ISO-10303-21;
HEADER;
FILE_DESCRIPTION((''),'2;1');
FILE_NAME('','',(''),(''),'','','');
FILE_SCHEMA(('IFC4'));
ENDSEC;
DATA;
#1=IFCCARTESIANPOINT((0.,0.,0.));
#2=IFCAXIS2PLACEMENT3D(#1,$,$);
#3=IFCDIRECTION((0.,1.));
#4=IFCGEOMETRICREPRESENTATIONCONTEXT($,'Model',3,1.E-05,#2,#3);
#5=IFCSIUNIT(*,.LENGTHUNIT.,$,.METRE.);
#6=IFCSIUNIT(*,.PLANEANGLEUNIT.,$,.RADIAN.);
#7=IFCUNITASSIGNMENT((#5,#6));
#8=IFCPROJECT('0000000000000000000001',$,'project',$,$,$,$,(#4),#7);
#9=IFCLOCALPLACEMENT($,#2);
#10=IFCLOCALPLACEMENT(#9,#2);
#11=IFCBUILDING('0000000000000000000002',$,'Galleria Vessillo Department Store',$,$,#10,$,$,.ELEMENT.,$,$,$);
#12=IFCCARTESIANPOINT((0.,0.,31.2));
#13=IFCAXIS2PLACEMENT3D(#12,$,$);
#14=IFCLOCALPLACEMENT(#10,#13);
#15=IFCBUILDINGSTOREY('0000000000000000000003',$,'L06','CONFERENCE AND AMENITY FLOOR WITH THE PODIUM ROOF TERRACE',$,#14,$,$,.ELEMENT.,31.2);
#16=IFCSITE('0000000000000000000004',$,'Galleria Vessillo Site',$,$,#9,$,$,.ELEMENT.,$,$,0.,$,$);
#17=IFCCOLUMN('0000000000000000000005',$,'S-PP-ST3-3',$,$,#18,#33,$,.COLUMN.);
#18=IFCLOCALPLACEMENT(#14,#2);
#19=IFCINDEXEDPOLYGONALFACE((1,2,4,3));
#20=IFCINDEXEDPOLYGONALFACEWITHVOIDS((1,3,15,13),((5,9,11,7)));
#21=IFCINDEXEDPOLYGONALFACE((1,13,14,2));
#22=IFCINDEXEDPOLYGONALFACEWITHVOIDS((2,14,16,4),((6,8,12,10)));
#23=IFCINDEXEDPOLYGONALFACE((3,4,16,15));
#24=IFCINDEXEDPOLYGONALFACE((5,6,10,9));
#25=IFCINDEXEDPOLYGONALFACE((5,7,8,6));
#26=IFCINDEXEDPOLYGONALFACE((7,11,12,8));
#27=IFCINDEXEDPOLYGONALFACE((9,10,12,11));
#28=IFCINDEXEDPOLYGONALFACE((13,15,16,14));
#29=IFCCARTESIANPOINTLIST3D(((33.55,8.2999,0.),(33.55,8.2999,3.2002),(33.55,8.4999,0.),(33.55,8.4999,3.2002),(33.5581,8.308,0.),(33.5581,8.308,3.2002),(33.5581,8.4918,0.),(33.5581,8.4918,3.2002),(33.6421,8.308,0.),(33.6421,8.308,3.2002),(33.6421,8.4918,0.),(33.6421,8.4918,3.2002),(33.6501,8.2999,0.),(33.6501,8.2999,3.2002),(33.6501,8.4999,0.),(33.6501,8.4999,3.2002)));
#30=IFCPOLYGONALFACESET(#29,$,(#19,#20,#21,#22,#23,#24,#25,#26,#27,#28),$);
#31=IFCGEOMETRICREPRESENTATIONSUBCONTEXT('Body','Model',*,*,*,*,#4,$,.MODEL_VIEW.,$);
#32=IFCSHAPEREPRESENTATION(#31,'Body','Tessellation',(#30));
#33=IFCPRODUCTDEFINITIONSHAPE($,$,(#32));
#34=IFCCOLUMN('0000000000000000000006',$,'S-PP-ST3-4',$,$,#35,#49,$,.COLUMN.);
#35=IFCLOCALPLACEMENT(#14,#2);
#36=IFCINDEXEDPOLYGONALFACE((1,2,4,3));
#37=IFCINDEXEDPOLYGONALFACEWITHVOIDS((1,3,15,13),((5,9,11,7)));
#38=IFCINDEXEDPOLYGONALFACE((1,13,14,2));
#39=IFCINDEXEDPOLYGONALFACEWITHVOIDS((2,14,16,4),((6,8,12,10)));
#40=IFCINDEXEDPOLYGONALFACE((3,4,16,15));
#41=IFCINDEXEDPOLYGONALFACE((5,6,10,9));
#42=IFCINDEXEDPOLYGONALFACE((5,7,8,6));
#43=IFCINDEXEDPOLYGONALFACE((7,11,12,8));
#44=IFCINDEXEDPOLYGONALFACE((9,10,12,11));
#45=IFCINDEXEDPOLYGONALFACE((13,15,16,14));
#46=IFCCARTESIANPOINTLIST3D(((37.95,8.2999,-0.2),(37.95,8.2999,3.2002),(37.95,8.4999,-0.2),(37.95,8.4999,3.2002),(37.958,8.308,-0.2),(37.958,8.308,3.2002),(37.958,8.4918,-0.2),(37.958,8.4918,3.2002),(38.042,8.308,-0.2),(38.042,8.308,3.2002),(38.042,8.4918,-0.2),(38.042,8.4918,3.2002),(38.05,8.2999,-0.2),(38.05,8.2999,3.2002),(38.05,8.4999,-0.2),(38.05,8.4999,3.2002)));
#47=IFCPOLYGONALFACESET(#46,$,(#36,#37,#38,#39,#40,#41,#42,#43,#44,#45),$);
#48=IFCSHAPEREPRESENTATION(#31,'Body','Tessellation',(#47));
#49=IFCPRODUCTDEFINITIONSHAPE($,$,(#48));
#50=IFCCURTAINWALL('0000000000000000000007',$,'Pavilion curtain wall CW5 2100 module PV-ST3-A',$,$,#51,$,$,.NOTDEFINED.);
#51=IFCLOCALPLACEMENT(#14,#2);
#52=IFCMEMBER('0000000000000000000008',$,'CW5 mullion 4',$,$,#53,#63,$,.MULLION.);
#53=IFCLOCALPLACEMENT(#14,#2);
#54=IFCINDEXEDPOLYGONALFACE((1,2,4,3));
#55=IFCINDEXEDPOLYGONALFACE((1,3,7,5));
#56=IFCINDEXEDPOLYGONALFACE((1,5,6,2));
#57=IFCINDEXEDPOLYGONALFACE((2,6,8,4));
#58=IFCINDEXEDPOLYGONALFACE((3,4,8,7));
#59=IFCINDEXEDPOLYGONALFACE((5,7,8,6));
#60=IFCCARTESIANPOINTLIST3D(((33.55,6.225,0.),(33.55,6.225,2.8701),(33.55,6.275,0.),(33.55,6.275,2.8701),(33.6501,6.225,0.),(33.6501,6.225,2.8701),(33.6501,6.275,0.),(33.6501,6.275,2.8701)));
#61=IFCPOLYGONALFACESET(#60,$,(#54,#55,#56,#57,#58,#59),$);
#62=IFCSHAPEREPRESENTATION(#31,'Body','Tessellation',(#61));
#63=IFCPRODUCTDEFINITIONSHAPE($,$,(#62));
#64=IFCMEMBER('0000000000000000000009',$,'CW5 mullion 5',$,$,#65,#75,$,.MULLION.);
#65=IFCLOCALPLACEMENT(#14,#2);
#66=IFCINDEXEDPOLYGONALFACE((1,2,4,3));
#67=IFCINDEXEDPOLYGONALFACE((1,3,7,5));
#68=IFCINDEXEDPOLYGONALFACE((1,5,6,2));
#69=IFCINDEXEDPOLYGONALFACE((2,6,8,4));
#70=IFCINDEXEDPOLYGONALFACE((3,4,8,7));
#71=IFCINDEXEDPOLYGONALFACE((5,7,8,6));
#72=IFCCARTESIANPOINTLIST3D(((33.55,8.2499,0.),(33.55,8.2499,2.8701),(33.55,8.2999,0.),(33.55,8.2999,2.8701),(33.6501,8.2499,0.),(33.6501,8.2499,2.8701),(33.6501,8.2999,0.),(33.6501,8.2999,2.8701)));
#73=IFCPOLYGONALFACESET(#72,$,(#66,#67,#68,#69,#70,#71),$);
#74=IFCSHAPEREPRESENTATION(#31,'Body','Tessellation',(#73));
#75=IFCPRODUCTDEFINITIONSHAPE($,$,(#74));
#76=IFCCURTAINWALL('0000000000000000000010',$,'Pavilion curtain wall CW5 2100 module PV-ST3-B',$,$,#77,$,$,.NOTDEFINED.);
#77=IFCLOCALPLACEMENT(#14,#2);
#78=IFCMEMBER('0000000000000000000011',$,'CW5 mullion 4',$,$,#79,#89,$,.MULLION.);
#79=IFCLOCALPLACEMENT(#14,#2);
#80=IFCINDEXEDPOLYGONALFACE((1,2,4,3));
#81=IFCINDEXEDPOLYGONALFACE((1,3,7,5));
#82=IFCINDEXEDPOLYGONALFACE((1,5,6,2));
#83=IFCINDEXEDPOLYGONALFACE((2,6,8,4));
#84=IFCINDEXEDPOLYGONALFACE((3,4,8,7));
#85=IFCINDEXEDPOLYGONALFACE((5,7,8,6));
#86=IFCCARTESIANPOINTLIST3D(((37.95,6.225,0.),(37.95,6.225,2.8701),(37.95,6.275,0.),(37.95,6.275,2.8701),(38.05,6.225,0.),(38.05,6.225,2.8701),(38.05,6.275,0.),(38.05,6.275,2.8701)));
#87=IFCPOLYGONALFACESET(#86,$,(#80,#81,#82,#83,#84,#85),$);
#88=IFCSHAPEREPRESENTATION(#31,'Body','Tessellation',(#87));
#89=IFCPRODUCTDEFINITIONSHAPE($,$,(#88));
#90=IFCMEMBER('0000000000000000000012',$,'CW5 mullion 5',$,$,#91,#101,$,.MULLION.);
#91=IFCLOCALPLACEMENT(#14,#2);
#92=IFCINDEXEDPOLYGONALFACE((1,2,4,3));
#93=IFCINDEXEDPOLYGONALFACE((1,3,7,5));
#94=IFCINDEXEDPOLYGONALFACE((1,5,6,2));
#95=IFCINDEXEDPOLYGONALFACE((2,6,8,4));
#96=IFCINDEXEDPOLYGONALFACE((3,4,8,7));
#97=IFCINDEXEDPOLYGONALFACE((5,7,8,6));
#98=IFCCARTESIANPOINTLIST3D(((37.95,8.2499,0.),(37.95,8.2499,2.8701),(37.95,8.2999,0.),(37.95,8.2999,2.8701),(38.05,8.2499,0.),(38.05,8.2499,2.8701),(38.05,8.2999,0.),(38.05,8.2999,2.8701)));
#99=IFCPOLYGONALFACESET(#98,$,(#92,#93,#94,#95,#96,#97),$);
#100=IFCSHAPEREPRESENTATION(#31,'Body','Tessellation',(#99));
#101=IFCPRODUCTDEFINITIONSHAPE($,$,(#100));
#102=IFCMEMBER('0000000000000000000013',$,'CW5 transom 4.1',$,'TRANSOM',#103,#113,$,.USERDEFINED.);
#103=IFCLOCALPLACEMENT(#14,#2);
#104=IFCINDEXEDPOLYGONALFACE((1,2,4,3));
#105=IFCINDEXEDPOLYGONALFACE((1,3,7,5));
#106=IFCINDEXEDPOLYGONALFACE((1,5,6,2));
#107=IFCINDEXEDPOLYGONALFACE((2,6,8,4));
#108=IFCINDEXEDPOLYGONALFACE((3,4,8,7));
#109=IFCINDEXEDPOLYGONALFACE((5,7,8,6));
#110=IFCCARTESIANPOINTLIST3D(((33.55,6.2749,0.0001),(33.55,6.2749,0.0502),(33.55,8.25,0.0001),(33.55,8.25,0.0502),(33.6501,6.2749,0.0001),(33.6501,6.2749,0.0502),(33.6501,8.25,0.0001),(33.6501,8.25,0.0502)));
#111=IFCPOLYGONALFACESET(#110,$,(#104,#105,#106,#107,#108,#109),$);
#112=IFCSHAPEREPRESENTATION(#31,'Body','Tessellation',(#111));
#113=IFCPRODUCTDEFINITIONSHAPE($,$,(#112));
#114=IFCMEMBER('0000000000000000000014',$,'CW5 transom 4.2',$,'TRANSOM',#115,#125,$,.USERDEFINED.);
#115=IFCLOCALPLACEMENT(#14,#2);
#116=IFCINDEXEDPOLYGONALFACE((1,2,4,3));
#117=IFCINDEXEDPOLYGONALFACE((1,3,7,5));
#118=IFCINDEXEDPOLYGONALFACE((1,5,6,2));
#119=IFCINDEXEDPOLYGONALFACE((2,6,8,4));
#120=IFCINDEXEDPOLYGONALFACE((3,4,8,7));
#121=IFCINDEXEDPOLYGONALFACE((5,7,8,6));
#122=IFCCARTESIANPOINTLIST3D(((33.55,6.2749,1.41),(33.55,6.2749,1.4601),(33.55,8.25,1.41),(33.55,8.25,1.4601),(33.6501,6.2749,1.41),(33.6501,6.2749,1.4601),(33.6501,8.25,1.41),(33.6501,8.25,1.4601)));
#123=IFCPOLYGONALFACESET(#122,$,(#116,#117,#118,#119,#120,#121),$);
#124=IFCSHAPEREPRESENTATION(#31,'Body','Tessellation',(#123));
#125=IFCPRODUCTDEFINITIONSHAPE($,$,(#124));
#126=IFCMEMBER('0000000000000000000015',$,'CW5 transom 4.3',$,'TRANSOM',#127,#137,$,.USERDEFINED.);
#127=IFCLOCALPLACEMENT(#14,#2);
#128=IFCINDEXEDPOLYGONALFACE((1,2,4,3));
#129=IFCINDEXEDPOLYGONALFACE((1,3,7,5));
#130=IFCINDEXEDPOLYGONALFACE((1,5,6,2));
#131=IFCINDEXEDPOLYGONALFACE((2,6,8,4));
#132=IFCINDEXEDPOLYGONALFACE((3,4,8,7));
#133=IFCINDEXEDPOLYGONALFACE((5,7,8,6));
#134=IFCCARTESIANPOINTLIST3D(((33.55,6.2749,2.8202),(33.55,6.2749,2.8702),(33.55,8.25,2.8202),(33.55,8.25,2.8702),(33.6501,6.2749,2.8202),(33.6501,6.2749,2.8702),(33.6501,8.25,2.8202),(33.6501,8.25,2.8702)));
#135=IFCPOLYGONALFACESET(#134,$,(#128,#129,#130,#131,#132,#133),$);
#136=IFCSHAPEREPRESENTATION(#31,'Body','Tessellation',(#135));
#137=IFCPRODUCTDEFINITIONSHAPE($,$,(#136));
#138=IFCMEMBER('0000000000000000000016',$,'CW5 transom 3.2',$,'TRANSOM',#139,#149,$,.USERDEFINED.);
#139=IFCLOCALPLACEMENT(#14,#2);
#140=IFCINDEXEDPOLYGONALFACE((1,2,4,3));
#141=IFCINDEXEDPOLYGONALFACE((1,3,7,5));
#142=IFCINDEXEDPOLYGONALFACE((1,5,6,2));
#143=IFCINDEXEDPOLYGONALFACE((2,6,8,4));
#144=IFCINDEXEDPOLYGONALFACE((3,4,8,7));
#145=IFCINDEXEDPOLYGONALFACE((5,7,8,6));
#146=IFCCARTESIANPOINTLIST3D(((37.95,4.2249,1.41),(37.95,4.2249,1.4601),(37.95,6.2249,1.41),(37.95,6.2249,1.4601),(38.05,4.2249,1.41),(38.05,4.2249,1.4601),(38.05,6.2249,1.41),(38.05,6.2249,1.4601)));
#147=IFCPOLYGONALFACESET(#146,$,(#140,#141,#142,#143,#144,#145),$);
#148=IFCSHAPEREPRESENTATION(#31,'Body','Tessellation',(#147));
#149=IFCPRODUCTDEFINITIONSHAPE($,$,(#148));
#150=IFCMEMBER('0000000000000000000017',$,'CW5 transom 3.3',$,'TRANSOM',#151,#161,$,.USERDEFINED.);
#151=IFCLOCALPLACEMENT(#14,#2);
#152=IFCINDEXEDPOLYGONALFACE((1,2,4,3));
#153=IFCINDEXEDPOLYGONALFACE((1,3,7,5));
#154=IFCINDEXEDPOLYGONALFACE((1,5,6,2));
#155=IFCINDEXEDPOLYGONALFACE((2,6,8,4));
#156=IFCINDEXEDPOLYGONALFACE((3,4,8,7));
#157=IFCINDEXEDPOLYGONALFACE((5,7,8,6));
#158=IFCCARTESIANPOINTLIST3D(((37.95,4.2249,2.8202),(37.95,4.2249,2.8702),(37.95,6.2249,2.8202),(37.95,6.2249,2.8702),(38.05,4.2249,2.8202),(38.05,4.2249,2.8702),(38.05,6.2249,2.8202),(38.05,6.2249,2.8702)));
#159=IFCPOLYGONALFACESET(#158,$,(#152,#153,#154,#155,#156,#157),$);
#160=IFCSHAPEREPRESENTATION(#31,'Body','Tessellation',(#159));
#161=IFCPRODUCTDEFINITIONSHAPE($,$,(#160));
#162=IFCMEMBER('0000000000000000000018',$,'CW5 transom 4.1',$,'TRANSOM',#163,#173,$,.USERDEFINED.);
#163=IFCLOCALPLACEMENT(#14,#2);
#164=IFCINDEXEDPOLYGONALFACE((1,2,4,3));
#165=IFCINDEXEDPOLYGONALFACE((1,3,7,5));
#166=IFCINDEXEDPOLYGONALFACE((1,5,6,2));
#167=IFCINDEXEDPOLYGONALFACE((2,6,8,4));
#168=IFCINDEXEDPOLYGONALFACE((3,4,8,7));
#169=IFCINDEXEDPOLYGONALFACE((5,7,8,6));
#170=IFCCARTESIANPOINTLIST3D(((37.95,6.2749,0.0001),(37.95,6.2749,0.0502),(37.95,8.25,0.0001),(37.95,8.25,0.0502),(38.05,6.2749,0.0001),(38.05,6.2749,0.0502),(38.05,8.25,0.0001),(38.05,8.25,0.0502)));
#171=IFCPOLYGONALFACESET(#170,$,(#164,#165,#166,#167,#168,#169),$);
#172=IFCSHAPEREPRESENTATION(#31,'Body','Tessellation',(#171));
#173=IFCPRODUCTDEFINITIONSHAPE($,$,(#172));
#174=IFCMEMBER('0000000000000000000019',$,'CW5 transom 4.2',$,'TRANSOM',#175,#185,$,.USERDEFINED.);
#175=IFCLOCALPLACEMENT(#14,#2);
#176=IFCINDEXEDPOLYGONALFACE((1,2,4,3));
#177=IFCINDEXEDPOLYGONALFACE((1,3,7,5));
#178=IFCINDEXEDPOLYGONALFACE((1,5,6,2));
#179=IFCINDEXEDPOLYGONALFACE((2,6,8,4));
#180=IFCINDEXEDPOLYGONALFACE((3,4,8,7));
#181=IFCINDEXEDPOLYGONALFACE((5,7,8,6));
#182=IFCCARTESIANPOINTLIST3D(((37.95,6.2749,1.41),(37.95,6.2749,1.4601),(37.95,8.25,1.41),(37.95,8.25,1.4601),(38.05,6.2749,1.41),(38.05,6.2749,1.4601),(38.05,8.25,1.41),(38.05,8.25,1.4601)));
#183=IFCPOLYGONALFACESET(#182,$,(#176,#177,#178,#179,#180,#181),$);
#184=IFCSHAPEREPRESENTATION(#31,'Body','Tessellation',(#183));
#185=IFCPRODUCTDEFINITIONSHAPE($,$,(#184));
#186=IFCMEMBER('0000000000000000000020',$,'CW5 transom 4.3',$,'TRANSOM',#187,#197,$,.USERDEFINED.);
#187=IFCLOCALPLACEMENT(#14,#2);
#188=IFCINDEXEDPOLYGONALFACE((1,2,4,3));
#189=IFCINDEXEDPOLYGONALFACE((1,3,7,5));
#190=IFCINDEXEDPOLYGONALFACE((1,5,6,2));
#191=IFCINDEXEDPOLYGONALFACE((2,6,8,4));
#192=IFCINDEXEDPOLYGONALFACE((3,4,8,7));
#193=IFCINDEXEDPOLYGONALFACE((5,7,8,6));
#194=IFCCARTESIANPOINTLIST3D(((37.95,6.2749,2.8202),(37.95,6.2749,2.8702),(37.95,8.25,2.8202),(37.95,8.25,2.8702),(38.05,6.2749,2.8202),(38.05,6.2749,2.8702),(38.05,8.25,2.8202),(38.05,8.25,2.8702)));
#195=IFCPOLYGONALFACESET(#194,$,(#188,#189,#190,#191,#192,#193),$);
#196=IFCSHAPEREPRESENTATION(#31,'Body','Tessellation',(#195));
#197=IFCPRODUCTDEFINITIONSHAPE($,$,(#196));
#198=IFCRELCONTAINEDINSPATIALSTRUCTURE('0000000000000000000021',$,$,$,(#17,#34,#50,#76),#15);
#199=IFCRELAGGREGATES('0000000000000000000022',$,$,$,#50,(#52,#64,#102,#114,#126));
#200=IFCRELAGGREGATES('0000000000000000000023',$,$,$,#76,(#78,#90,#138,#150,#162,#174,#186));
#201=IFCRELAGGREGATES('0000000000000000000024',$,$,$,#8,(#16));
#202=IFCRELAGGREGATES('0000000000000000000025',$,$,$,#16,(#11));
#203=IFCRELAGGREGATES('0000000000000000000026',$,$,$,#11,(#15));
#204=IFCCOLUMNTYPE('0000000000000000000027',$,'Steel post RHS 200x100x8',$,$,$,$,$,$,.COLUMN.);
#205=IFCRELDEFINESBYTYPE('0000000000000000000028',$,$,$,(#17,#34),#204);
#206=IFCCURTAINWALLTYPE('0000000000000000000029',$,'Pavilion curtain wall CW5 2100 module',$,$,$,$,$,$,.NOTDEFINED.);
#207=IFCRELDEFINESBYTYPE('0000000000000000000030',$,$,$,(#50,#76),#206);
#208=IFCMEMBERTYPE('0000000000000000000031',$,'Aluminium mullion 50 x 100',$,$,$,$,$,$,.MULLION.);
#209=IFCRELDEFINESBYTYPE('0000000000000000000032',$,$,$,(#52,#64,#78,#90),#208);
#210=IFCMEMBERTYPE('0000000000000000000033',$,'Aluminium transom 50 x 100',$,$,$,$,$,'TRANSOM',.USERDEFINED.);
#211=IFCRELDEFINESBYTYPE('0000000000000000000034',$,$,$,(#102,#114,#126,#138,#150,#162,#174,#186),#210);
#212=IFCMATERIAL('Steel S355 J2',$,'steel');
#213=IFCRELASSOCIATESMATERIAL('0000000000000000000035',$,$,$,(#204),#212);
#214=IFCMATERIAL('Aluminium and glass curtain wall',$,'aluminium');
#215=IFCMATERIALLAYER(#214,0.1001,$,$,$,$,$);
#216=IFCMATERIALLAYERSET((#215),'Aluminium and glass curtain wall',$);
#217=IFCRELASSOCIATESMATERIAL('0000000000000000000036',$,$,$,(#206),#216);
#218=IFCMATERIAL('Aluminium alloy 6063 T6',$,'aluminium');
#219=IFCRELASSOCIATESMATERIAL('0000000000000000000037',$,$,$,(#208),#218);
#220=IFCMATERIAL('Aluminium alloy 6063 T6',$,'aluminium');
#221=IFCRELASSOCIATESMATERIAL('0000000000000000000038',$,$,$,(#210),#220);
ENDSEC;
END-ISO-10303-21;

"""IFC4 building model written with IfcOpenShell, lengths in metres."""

from ifc_helpers import new_model, si_unit, direction, frame, origin, origin_2d, place, context, subcontext, project, spatial, rectangle, hollow_rectangle, extrude, material, layer, layer_set, material_profile, profile_set, type_object, element, aggregate, save


model = new_model("IFC4")

# Units and contexts
model_context = context("Model", 3, precision=1e-05, world=origin(), true_north=direction((0.0, 1.0)))
body_context = subcontext(model_context, "Body", "Model", "MODEL_VIEW")
ifc_project = project(units=[si_unit("LENGTHUNIT", "METRE"), si_unit("PLANEANGLEUNIT", "RADIAN")], contexts=[model_context])

# Site, building, storey
site_placement = place(None, origin())
site = spatial("IfcSite", under=ifc_project, at=site_placement, Name="Galleria Vessillo Site", CompositionType="ELEMENT", RefElevation=0.0)
building_placement = place(site_placement, origin())
building = spatial("IfcBuilding", under=site, at=building_placement, Name="Galleria Vessillo Department Store", CompositionType="ELEMENT")
storey_placement = place(building_placement, frame((0.0, 0.0, 31.2)))
storey = spatial("IfcBuildingStorey", under=building, at=storey_placement, Name="L06", Description="CONFERENCE AND AMENITY FLOOR WITH THE PODIUM ROOF TERRACE", CompositionType="ELEMENT", Elevation=31.2)

# Columns
ifc_material_1 = material(Name="Steel S355 J2", Category="steel")
ifc_material_profile_1 = material_profile(ifc_material_1, hollow_rectangle(XDim=0.1001, YDim=0.2, WallThickness=0.0081, at=origin_2d()), Name="RHS 200x100x8")
ifc_profile_set_1 = profile_set([ifc_material_profile_1], Name="Steel S355 J2")
column_type = type_object("IfcColumnType", Name="Steel post RHS 200x100x8", PredefinedType="COLUMN", material=ifc_profile_set_1)
column_1_placement = place(storey_placement, frame((33.6001, 8.3999, 0.0), z_axis=(0.0, 0.0, 1.0), x_axis=(1.0, 0.0, 0.0)))
element("IfcColumn", 1, at=column_1_placement, inside=storey, type_object=column_type, Name="S-PP-ST3-3", PredefinedType="COLUMN", context=body_context, shape_type="SweptSolid", body=[
    extrude(hollow_rectangle(XDim=0.1001, YDim=0.2, WallThickness=0.0081, at=origin_2d()), origin(), (0.0, 0.0, 1.0), 3.2002),
])
column_2_placement = place(storey_placement, frame((38.0, 8.3999, -0.2), z_axis=(0.0, 0.0, 1.0), x_axis=(1.0, 0.0, 0.0)))
element("IfcColumn", 2, at=column_2_placement, inside=storey, type_object=column_type, Name="S-PP-ST3-4", PredefinedType="COLUMN", context=body_context, shape_type="SweptSolid", body=[
    extrude(hollow_rectangle(XDim=0.1001, YDim=0.2, WallThickness=0.0081, at=origin_2d()), origin(), (0.0, 0.0, 1.0), 3.4001),
])

# Curtain walls, members
ifc_material_2 = material(Name="Aluminium and glass curtain wall", Category="aluminium")
ifc_layer_1 = layer(ifc_material_2, 0.1001)
ifc_layer_set_1 = layer_set([ifc_layer_1], Name="Aluminium and glass curtain wall")
curtain_wall_type = type_object("IfcCurtainWallType", Name="Pavilion curtain wall CW5 2100 module", PredefinedType="NOTDEFINED", material=ifc_layer_set_1)
curtain_wall_1_placement = place(storey_placement, origin())
curtain_wall_1 = element("IfcCurtainWall", 3, at=curtain_wall_1_placement, inside=storey, type_object=curtain_wall_type, Name="Pavilion curtain wall CW5 2100 module PV-ST3-A", PredefinedType="NOTDEFINED")
ifc_material_3 = material(Name="Aluminium alloy 6063 T6", Category="aluminium")
ifc_material_profile_2 = material_profile(ifc_material_3, rectangle(XDim=0.1001, YDim=0.05, at=origin_2d()), Name="AL 50x100")
ifc_profile_set_2 = profile_set([ifc_material_profile_2], Name="Aluminium alloy 6063 T6")
member_type_1 = type_object("IfcMemberType", Name="Aluminium mullion 50 x 100", PredefinedType="MULLION", material=ifc_profile_set_2)
member_1_placement = place(storey_placement, frame((33.6001, 6.25, 0.0), z_axis=(0.0, 0.0, 1.0), x_axis=(-1.0, 0.0, 0.0)))
member_1 = element("IfcMember", 4, at=member_1_placement, type_object=member_type_1, Name="CW5 mullion 4", PredefinedType="MULLION", context=body_context, shape_type="SweptSolid", body=[
    extrude(rectangle(XDim=0.1001, YDim=0.05, at=origin_2d()), origin(), (0.0, 0.0, 1.0), 2.8701),
])
member_2_placement = place(storey_placement, frame((33.6001, 8.2749, 0.0), z_axis=(0.0, 0.0, 1.0), x_axis=(-1.0, 0.0, 0.0)))
member_2 = element("IfcMember", 5, at=member_2_placement, type_object=member_type_1, Name="CW5 mullion 5", PredefinedType="MULLION", context=body_context, shape_type="SweptSolid", body=[
    extrude(rectangle(XDim=0.1001, YDim=0.05, at=origin_2d()), origin(), (0.0, 0.0, 1.0), 2.8701),
])
curtain_wall_2_placement = place(storey_placement, origin())
curtain_wall_2 = element("IfcCurtainWall", 6, at=curtain_wall_2_placement, inside=storey, type_object=curtain_wall_type, Name="Pavilion curtain wall CW5 2100 module PV-ST3-B", PredefinedType="NOTDEFINED")
member_3_placement = place(storey_placement, frame((38.0, 6.25, 0.0), z_axis=(0.0, 0.0, 1.0), x_axis=(-1.0, 0.0, 0.0)))
member_3 = element("IfcMember", 7, at=member_3_placement, type_object=member_type_1, Name="CW5 mullion 4", PredefinedType="MULLION", context=body_context, shape_type="SweptSolid", body=[
    extrude(rectangle(XDim=0.1001, YDim=0.05, at=origin_2d()), origin(), (0.0, 0.0, 1.0), 2.8701),
])
member_4_placement = place(storey_placement, frame((38.0, 8.2749, 0.0), z_axis=(0.0, 0.0, 1.0), x_axis=(-1.0, 0.0, 0.0)))
member_4 = element("IfcMember", 8, at=member_4_placement, type_object=member_type_1, Name="CW5 mullion 5", PredefinedType="MULLION", context=body_context, shape_type="SweptSolid", body=[
    extrude(rectangle(XDim=0.1001, YDim=0.05, at=origin_2d()), origin(), (0.0, 0.0, 1.0), 2.8701),
])

# Members
ifc_material_4 = material(Name="Aluminium alloy 6063 T6", Category="aluminium")
ifc_material_profile_3 = material_profile(ifc_material_4, rectangle(XDim=0.1001, YDim=0.05, at=origin_2d()), Name="AL 50x100")
ifc_profile_set_3 = profile_set([ifc_material_profile_3], Name="Aluminium alloy 6063 T6")
member_type_2 = type_object("IfcMemberType", Name="Aluminium transom 50 x 100", ElementType="TRANSOM", PredefinedType="USERDEFINED", material=ifc_profile_set_3)
member_5_placement = place(storey_placement, frame((33.6001, 6.2749, 0.0251), z_axis=(0.0, 1.0, 0.0), x_axis=(-1.0, 0.0, 0.0)))
member_5 = element("IfcMember", 9, at=member_5_placement, type_object=member_type_2, Name="CW5 transom 4.1", ObjectType="TRANSOM", PredefinedType="USERDEFINED", context=body_context, shape_type="SweptSolid", body=[
    extrude(rectangle(XDim=0.1001, YDim=0.05, at=origin_2d()), origin(), (0.0, 0.0, 1.0), 1.9751),
])
member_6_placement = place(storey_placement, frame((33.6001, 6.2749, 1.4351), z_axis=(0.0, 1.0, 0.0), x_axis=(-1.0, 0.0, 0.0)))
member_6 = element("IfcMember", 10, at=member_6_placement, type_object=member_type_2, Name="CW5 transom 4.2", ObjectType="TRANSOM", PredefinedType="USERDEFINED", context=body_context, shape_type="SweptSolid", body=[
    extrude(rectangle(XDim=0.1001, YDim=0.05, at=origin_2d()), origin(), (0.0, 0.0, 1.0), 1.9751),
])
member_7_placement = place(storey_placement, frame((33.6001, 6.2749, 2.8452), z_axis=(0.0, 1.0, 0.0), x_axis=(-1.0, 0.0, 0.0)))
member_7 = element("IfcMember", 11, at=member_7_placement, type_object=member_type_2, Name="CW5 transom 4.3", ObjectType="TRANSOM", PredefinedType="USERDEFINED", context=body_context, shape_type="SweptSolid", body=[
    extrude(rectangle(XDim=0.1001, YDim=0.05, at=origin_2d()), origin(), (0.0, 0.0, 1.0), 1.9751),
])
member_8_placement = place(storey_placement, frame((38.0, 4.2249, 1.4351), z_axis=(0.0, 1.0, 0.0), x_axis=(-1.0, 0.0, 0.0)))
member_8 = element("IfcMember", 12, at=member_8_placement, type_object=member_type_2, Name="CW5 transom 3.2", ObjectType="TRANSOM", PredefinedType="USERDEFINED", context=body_context, shape_type="SweptSolid", body=[
    extrude(rectangle(XDim=0.1001, YDim=0.05, at=origin_2d()), origin(), (0.0, 0.0, 1.0), 2.0),
])
member_9_placement = place(storey_placement, frame((38.0, 4.2249, 2.8452), z_axis=(0.0, 1.0, 0.0), x_axis=(-1.0, 0.0, 0.0)))
member_9 = element("IfcMember", 13, at=member_9_placement, type_object=member_type_2, Name="CW5 transom 3.3", ObjectType="TRANSOM", PredefinedType="USERDEFINED", context=body_context, shape_type="SweptSolid", body=[
    extrude(rectangle(XDim=0.1001, YDim=0.05, at=origin_2d()), origin(), (0.0, 0.0, 1.0), 2.0),
])
member_10_placement = place(storey_placement, frame((38.0, 6.2749, 0.0251), z_axis=(0.0, 1.0, 0.0), x_axis=(-1.0, 0.0, 0.0)))
member_10 = element("IfcMember", 14, at=member_10_placement, type_object=member_type_2, Name="CW5 transom 4.1", ObjectType="TRANSOM", PredefinedType="USERDEFINED", context=body_context, shape_type="SweptSolid", body=[
    extrude(rectangle(XDim=0.1001, YDim=0.05, at=origin_2d()), origin(), (0.0, 0.0, 1.0), 1.9751),
])
member_11_placement = place(storey_placement, frame((38.0, 6.2749, 1.4351), z_axis=(0.0, 1.0, 0.0), x_axis=(-1.0, 0.0, 0.0)))
member_11 = element("IfcMember", 15, at=member_11_placement, type_object=member_type_2, Name="CW5 transom 4.2", ObjectType="TRANSOM", PredefinedType="USERDEFINED", context=body_context, shape_type="SweptSolid", body=[
    extrude(rectangle(XDim=0.1001, YDim=0.05, at=origin_2d()), origin(), (0.0, 0.0, 1.0), 1.9751),
])
member_12_placement = place(storey_placement, frame((38.0, 6.2749, 2.8452), z_axis=(0.0, 1.0, 0.0), x_axis=(-1.0, 0.0, 0.0)))
member_12 = element("IfcMember", 16, at=member_12_placement, type_object=member_type_2, Name="CW5 transom 4.3", ObjectType="TRANSOM", PredefinedType="USERDEFINED", context=body_context, shape_type="SweptSolid", body=[
    extrude(rectangle(XDim=0.1001, YDim=0.05, at=origin_2d()), origin(), (0.0, 0.0, 1.0), 1.9751),
])

aggregate(curtain_wall_1, [member_1, member_2, member_5, member_6, member_7])
aggregate(curtain_wall_2, [member_3, member_4, member_8, member_9, member_10, member_11, member_12])

save(model, "model.ifc")
